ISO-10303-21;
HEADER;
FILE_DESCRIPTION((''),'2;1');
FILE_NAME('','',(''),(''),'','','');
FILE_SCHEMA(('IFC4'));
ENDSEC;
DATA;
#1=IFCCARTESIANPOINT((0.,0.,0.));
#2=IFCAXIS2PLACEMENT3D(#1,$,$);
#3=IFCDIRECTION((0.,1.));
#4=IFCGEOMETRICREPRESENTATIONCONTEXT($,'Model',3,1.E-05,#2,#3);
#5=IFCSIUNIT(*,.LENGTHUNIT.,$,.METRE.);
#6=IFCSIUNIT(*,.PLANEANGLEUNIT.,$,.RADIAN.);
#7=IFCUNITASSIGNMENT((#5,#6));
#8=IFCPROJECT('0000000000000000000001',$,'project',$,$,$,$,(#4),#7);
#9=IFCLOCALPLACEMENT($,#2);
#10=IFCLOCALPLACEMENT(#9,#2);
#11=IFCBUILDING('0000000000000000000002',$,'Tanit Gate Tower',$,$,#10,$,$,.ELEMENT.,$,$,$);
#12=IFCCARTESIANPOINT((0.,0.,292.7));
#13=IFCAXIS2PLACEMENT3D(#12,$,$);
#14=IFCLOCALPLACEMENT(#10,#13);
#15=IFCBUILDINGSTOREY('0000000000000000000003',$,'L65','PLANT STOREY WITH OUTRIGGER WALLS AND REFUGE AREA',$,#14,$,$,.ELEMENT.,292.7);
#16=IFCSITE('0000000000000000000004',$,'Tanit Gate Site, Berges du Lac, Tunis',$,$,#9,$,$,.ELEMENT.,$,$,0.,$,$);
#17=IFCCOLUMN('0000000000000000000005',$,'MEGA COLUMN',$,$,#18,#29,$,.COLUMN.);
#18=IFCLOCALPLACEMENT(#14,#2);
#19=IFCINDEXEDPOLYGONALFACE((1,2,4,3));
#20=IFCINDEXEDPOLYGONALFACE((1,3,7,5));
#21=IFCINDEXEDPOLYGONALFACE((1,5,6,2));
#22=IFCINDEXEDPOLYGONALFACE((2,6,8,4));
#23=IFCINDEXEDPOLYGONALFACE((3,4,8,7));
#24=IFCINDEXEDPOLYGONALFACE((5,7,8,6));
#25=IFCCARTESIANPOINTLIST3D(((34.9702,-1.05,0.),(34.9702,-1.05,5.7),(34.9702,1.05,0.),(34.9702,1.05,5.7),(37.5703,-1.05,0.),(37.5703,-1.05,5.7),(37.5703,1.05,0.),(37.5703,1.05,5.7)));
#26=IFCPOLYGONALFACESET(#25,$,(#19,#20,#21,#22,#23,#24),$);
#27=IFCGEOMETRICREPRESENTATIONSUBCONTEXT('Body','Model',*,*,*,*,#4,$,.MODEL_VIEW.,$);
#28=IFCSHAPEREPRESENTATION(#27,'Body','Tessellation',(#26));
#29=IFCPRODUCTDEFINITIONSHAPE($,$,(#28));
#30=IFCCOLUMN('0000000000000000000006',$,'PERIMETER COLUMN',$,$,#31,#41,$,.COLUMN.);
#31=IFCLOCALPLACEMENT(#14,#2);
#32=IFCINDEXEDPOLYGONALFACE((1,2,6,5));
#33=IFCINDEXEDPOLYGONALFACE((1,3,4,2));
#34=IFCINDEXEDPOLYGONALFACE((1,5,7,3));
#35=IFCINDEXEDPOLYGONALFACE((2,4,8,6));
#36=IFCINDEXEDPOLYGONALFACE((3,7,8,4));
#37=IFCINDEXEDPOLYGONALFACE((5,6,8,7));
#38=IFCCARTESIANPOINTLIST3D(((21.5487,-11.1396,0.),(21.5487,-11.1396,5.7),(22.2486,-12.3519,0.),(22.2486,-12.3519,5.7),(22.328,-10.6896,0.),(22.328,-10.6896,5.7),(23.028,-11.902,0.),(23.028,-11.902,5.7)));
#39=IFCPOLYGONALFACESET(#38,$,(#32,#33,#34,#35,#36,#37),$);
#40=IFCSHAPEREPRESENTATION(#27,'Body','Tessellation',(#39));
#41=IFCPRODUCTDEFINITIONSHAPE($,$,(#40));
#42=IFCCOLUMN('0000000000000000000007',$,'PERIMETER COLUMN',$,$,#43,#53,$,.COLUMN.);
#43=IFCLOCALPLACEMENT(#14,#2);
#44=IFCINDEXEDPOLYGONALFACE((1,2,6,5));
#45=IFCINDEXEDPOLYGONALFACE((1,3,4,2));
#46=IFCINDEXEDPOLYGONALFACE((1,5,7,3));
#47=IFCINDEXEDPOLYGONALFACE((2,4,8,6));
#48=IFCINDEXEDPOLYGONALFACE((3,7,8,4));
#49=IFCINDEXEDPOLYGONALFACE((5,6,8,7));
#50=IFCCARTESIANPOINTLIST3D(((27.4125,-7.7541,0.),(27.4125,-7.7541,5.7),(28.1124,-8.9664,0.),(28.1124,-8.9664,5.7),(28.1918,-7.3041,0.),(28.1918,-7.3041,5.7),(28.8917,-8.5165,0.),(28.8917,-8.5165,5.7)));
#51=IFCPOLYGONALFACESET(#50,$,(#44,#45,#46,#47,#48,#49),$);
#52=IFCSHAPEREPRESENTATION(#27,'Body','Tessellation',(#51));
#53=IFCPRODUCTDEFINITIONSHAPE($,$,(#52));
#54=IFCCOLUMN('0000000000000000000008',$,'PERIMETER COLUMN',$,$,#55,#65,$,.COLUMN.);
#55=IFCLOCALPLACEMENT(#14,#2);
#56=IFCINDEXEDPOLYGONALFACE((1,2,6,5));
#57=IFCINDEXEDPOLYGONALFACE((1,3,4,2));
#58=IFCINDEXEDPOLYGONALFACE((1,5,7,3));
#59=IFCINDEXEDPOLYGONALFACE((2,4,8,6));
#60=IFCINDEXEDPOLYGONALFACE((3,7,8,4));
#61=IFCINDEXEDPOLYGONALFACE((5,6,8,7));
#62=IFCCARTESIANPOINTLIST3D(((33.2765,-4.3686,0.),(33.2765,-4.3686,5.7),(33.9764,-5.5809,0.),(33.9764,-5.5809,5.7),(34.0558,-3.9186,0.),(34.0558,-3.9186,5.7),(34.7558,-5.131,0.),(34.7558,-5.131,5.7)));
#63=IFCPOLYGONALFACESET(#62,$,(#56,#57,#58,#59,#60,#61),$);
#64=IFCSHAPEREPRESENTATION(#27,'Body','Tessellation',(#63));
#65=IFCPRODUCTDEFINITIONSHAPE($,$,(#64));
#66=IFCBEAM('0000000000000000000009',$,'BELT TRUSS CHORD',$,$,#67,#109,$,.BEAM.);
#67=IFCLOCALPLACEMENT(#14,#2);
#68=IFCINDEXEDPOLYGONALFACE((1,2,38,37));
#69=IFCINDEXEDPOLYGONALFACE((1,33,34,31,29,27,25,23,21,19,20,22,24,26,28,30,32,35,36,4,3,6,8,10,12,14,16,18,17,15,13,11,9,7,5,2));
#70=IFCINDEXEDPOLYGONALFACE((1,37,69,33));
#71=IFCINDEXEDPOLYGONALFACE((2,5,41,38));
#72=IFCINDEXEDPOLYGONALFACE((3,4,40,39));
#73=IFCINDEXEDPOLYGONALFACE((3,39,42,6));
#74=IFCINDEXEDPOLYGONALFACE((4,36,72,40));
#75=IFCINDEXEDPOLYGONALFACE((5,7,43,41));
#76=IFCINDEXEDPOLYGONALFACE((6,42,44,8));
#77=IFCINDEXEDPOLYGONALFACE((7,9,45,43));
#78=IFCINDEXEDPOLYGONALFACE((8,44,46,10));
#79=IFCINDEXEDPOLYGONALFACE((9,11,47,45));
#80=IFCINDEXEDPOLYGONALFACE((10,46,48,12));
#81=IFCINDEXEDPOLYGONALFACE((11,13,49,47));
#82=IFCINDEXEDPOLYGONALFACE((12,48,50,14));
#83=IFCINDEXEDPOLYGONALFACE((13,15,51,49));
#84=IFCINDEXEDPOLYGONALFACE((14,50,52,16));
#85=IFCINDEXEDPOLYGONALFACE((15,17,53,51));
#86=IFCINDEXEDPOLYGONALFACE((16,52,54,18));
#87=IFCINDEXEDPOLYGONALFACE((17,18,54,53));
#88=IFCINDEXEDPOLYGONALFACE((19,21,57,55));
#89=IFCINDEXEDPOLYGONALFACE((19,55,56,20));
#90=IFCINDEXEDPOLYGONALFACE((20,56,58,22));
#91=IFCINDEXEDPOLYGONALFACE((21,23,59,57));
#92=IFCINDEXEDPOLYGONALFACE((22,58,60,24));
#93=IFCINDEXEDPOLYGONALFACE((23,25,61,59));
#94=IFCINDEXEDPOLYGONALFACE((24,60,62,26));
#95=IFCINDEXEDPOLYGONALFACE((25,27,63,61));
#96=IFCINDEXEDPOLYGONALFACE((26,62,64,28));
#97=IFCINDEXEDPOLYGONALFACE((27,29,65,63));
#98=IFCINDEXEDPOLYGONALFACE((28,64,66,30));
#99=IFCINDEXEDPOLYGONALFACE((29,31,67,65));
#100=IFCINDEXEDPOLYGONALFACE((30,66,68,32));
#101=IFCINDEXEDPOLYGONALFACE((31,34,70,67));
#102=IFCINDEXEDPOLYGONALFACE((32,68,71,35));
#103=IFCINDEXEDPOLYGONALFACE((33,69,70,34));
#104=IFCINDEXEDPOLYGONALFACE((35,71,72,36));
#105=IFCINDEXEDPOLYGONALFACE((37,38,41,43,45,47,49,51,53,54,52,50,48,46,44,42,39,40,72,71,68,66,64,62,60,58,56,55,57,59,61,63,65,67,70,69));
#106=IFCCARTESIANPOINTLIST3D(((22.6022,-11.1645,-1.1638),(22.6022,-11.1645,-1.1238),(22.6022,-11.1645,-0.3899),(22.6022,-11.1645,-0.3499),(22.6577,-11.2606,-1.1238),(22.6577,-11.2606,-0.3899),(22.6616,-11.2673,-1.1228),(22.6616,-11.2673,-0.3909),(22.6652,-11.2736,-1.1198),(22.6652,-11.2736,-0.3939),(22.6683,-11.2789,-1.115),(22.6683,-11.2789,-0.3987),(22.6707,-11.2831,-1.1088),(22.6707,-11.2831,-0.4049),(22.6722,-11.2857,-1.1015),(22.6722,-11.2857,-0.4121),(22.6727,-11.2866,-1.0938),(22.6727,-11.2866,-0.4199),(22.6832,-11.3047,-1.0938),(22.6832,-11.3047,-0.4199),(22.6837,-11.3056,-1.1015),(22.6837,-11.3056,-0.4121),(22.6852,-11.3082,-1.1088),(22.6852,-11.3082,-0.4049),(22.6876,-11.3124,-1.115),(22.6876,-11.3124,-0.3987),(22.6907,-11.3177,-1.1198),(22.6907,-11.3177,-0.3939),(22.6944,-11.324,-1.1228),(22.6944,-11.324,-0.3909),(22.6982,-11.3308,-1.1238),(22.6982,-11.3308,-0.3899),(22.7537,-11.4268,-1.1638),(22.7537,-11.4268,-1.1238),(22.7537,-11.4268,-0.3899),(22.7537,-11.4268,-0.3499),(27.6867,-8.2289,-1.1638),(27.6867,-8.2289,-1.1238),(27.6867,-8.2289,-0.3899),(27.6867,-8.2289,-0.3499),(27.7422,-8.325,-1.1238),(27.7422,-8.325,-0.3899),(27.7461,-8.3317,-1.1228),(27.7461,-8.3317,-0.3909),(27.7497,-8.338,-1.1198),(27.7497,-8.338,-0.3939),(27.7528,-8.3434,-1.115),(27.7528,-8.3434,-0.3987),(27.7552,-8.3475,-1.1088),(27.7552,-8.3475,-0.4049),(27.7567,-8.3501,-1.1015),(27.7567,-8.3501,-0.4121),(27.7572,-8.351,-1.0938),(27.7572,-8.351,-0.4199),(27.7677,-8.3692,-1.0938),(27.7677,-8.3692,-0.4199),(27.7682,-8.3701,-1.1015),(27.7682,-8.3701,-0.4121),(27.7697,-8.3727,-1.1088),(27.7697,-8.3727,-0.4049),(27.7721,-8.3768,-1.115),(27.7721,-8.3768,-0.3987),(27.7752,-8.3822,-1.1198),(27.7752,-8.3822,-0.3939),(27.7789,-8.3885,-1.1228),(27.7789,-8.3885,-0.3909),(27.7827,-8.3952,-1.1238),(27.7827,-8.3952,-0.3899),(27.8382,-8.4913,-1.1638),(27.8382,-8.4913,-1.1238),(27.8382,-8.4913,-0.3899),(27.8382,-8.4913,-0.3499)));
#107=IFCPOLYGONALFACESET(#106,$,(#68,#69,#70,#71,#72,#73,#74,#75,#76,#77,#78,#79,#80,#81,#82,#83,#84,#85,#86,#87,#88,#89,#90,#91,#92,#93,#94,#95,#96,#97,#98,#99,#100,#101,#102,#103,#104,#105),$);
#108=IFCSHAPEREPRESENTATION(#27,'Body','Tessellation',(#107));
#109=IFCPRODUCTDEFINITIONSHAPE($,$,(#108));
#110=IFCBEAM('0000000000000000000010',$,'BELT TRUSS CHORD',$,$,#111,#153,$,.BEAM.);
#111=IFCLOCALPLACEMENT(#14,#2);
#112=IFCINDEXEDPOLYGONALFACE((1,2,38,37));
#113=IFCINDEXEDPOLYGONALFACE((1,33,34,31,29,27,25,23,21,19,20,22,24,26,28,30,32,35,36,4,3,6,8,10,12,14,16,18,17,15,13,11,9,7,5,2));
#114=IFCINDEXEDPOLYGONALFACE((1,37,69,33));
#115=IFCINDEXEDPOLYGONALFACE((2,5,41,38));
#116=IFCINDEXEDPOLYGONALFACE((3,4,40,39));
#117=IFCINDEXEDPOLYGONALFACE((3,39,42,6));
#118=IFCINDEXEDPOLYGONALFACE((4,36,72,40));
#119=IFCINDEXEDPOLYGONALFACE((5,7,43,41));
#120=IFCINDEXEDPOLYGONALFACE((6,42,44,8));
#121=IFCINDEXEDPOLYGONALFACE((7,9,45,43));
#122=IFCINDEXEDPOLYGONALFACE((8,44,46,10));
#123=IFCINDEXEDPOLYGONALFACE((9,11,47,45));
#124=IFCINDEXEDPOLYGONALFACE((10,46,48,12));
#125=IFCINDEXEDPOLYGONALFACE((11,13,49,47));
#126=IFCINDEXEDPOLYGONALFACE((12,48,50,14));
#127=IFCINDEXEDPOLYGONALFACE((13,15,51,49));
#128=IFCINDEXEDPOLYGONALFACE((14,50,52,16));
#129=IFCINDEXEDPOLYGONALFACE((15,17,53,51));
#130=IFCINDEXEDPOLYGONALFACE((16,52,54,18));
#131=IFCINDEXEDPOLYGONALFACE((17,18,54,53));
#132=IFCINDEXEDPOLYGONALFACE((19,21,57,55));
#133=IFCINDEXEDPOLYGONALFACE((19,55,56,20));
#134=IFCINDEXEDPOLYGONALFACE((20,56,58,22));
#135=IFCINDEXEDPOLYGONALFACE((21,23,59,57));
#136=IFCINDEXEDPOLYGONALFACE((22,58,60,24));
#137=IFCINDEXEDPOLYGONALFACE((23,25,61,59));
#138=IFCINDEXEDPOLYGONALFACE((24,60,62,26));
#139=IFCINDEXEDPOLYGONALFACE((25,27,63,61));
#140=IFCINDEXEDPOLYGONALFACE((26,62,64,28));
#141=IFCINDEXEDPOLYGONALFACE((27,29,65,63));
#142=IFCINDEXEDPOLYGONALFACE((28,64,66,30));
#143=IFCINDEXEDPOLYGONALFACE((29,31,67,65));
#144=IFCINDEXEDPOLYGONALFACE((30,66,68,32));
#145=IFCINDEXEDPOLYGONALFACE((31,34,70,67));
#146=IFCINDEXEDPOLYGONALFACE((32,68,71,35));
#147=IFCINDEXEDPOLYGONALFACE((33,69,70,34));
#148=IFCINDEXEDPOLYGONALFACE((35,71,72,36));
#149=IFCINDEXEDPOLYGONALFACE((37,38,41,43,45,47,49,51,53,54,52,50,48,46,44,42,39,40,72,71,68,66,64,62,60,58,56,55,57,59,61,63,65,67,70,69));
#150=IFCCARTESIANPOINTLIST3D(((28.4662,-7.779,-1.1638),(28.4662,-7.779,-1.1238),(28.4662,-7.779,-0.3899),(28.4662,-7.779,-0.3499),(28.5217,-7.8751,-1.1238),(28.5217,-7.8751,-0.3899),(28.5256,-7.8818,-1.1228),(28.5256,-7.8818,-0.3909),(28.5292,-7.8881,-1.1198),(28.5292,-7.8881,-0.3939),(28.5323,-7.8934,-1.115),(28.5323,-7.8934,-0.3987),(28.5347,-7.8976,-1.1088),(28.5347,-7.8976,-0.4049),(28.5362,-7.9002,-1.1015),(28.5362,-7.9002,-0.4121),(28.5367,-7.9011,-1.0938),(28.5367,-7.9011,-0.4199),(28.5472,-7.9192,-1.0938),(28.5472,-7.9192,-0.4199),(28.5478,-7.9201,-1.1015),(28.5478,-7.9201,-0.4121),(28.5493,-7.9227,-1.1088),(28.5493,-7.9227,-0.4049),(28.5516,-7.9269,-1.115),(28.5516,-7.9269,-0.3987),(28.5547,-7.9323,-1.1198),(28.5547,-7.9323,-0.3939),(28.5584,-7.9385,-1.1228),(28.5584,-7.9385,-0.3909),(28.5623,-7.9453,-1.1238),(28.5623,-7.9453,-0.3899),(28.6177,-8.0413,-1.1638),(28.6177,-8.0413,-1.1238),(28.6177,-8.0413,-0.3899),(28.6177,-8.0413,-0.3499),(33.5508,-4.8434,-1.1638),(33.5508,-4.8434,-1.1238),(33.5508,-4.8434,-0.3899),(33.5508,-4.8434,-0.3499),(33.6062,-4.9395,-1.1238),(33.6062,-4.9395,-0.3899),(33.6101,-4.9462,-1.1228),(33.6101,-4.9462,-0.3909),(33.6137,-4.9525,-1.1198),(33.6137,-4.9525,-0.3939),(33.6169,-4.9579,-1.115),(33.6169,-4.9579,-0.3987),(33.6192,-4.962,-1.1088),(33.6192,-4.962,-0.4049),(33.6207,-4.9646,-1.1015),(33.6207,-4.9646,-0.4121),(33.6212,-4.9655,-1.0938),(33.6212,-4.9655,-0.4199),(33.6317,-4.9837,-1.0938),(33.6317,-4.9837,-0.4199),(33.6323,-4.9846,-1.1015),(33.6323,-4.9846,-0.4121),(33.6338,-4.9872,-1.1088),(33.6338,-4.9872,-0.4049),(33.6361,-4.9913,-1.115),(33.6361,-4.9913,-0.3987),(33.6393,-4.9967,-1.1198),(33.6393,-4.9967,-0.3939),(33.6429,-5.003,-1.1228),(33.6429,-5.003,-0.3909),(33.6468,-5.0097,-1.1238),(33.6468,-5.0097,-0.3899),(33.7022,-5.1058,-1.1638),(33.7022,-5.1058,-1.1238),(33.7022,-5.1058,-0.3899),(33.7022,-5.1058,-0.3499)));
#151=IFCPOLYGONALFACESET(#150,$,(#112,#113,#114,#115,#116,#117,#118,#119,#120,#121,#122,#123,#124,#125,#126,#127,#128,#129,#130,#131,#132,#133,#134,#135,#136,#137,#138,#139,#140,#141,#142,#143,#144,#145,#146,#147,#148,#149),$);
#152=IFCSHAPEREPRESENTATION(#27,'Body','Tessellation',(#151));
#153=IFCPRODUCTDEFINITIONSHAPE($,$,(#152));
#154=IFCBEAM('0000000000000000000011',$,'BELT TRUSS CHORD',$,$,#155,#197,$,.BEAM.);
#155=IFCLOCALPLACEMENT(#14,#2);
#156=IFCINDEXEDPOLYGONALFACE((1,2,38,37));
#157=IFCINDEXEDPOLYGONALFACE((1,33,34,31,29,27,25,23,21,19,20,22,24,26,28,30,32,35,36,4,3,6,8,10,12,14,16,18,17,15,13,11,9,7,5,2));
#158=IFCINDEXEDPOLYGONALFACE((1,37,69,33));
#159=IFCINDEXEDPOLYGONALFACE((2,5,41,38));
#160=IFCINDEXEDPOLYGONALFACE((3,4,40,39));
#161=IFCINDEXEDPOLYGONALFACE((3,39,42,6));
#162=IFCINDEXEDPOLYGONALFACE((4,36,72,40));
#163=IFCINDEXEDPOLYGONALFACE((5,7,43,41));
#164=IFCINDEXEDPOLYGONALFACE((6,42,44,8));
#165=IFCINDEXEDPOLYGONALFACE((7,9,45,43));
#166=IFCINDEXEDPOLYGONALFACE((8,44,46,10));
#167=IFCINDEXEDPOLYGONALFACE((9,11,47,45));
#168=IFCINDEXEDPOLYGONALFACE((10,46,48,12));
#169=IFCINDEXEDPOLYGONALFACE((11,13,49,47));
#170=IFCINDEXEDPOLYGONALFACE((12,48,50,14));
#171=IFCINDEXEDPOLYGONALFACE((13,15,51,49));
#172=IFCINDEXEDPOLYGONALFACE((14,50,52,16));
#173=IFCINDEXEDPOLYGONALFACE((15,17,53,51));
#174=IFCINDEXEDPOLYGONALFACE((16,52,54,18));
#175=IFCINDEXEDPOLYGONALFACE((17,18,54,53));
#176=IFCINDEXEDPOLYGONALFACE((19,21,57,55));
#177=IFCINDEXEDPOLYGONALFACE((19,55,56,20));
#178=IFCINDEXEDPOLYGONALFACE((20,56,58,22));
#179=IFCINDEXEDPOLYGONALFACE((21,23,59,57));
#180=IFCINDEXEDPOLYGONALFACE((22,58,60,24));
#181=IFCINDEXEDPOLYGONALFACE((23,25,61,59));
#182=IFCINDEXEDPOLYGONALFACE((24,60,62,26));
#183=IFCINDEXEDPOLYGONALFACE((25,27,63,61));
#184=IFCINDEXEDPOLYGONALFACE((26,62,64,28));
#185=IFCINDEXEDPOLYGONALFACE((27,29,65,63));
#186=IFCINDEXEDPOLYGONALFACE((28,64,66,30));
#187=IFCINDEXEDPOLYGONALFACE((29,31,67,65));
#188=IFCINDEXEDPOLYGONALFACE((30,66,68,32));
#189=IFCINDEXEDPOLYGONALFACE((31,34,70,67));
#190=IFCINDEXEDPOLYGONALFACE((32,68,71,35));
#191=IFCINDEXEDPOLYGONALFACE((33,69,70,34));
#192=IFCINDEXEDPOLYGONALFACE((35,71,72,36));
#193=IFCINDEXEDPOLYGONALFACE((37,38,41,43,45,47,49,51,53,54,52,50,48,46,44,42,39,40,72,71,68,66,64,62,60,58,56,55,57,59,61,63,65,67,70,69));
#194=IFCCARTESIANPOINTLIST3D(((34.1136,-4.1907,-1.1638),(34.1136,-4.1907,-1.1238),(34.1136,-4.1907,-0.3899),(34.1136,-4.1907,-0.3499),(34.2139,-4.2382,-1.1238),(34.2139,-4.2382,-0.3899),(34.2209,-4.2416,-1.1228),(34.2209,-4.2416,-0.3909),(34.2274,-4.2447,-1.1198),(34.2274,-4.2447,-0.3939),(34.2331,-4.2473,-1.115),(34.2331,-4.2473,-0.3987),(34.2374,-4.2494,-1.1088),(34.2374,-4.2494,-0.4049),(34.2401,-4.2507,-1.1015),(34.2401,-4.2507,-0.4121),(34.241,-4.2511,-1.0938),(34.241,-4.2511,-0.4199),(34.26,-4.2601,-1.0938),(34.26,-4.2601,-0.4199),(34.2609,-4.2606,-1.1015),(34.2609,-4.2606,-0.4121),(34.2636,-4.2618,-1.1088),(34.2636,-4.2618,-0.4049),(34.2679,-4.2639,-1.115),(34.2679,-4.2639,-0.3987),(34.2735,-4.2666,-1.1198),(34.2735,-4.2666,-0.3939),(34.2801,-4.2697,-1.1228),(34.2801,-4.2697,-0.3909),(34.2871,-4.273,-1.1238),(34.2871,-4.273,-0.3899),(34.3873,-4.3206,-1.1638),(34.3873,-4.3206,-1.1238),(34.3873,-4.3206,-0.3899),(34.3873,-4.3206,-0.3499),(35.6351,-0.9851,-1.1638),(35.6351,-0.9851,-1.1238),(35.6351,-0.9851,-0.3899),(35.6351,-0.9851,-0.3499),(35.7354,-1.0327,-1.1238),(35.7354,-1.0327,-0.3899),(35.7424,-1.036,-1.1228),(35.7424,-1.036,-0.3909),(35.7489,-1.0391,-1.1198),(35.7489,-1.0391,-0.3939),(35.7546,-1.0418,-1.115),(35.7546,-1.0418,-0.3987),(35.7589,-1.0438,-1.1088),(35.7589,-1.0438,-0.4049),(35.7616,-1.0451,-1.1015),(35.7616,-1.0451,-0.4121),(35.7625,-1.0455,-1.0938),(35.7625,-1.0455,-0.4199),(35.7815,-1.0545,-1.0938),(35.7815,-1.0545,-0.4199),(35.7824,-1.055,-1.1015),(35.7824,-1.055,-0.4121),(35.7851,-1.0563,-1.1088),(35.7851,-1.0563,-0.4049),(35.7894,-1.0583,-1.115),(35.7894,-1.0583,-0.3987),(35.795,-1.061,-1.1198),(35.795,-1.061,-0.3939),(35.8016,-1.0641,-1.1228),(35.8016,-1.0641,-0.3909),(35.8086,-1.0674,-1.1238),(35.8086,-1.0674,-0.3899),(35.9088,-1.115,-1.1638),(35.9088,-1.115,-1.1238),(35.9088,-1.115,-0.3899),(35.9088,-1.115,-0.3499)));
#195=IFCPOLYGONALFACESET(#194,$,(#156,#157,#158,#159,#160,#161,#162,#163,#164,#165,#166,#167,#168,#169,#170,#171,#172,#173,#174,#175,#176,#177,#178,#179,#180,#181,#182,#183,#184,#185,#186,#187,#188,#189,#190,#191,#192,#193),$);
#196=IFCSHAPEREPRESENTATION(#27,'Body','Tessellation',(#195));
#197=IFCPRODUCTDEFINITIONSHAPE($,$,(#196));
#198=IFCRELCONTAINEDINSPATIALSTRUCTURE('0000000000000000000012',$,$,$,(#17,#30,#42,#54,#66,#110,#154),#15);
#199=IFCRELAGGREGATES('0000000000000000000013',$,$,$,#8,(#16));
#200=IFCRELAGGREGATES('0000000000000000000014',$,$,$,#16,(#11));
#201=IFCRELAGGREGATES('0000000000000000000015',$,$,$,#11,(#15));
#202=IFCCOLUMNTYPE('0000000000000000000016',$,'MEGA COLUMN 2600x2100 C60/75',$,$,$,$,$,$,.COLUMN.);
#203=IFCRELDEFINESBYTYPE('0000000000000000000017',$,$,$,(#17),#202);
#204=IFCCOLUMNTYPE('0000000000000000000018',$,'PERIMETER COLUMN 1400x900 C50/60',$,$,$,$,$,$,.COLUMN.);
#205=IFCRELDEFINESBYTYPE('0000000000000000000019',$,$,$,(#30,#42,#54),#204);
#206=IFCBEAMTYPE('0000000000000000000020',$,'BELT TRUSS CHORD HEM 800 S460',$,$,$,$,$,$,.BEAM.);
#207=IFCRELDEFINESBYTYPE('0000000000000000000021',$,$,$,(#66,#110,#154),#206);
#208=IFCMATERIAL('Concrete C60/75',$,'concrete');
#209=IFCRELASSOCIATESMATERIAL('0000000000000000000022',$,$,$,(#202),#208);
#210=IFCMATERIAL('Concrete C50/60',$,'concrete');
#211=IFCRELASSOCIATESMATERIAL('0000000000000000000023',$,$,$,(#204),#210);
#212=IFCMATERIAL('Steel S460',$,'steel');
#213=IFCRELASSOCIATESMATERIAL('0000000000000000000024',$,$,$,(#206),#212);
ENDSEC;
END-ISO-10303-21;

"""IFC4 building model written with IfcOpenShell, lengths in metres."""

from ifc_helpers import new_model, si_unit, direction, frame, origin, origin_2d, place, context, subcontext, project, spatial, rectangle, i_section, extrude, material, material_profile, profile_set, type_object, element, save


model = new_model("IFC4")

# Units and contexts
model_context = context("Model", 3, precision=1e-05, world=origin(), true_north=direction((0.0, 1.0)))
body_context = subcontext(model_context, "Body", "Model", "MODEL_VIEW")
ifc_project = project(units=[si_unit("LENGTHUNIT", "METRE"), si_unit("PLANEANGLEUNIT", "RADIAN")], contexts=[model_context])

# Site, building, storey
site_placement = place(None, origin())
site = spatial("IfcSite", under=ifc_project, at=site_placement, Name="Tanit Gate Site, Berges du Lac, Tunis", CompositionType="ELEMENT", RefElevation=0.0)
building_placement = place(site_placement, origin())
building = spatial("IfcBuilding", under=site, at=building_placement, Name="Tanit Gate Tower", CompositionType="ELEMENT")
storey_placement = place(building_placement, frame((0.0, 0.0, 292.7)))
storey = spatial("IfcBuildingStorey", under=building, at=storey_placement, Name="L65", Description="PLANT STOREY WITH OUTRIGGER WALLS AND REFUGE AREA", CompositionType="ELEMENT", Elevation=292.7)

# Columns
ifc_material_1 = material(Name="Concrete C60/75", Category="concrete")
ifc_material_profile_1 = material_profile(ifc_material_1, rectangle(XDim=2.6001, YDim=2.1001, at=origin_2d()), Name="RC 2600x2100")
ifc_profile_set_1 = profile_set([ifc_material_profile_1], Name="Concrete C60/75")
column_type_1 = type_object("IfcColumnType", Name="MEGA COLUMN 2600x2100 C60/75", PredefinedType="COLUMN", material=ifc_profile_set_1)
column_placement = place(storey_placement, frame((36.2703, 0.0, 0.0), z_axis=(0.0, 0.0, 1.0), x_axis=(1.0, 0.0, 0.0)))
element("IfcColumn", 1, at=column_placement, inside=storey, type_object=column_type_1, Name="MEGA COLUMN", PredefinedType="COLUMN", context=body_context, shape_type="SweptSolid", body=[
    extrude(rectangle(XDim=2.6001, YDim=2.1001, at=origin_2d()), origin(), (0.0, 0.0, 1.0), 5.7),
])
ifc_material_2 = material(Name="Concrete C50/60", Category="concrete")
ifc_material_profile_2 = material_profile(ifc_material_2, rectangle(XDim=1.3999, YDim=0.8999, at=origin_2d()), Name="RC 1400x900")
ifc_profile_set_2 = profile_set([ifc_material_profile_2], Name="Concrete C50/60")
column_type_2 = type_object("IfcColumnType", Name="PERIMETER COLUMN 1400x900 C50/60", PredefinedType="COLUMN", material=ifc_profile_set_2)
for number, where, z_axis, x_axis, name in (
    (2, (22.2883, -11.5208, 0.0), (0.0, 0.0, 1.0), (0.5, -0.866025, 0.0), "PERIMETER COLUMN"),
    (3, (28.1521, -8.1353, 0.0), (0.0, 0.0, 1.0), (0.5, -0.866025, 0.0), "PERIMETER COLUMN"),
    (4, (34.0161, -4.7498, 0.0), (0.0, 0.0, 1.0), (0.5, -0.866025, 0.0), "PERIMETER COLUMN"),
):
    element("IfcColumn", number, at=place(storey_placement, frame(where, z_axis=z_axis, x_axis=x_axis)), inside=storey, type_object=column_type_2, Name=name, PredefinedType="COLUMN", context=body_context, shape_type="SweptSolid", body=[
        extrude(rectangle(XDim=1.3999, YDim=0.8999, at=origin_2d()), origin(), (0.0, 0.0, 1.0), 5.7),
    ])

# Beams
ifc_material_3 = material(Name="Steel S460", Category="steel")
ifc_material_profile_3 = material_profile(ifc_material_3, i_section(OverallWidth=0.303, OverallDepth=0.814, WebThickness=0.021, FlangeThickness=0.04, FilletRadius=0.03, at=origin_2d()), Name="HEM 800")
ifc_profile_set_3 = profile_set([ifc_material_profile_3], Name="Steel S460")
beam_type_1 = type_object("IfcBeamType", Name="BELT TRUSS CHORD HEM 800 S460", PredefinedType="BEAM", material=ifc_profile_set_3)
for number, where, z_axis, x_axis, name in (
    (5, (22.678, -11.2957, -0.7568), (0.866024, 0.500003, 0.0), (-0.500003, 0.866024, 0.0), "BELT TRUSS CHORD"),
    (6, (28.542, -7.9102, -0.7568), (0.866024, 0.500003, 0.0), (-0.500003, 0.866024, 0.0), "BELT TRUSS CHORD"),
):
    element("IfcBeam", number, at=place(storey_placement, frame(where, z_axis=z_axis, x_axis=x_axis)), inside=storey, type_object=beam_type_1, Name=name, PredefinedType="BEAM", context=body_context, shape_type="SweptSolid", body=[
        extrude(i_section(OverallWidth=0.303, OverallDepth=0.814, WebThickness=0.021, FlangeThickness=0.04, FilletRadius=0.03, at=origin_2d()), origin(), (0.0, 0.0, 1.0), 5.8711),
    ])
beam_1_placement = place(storey_placement, frame((34.2505, -4.2556, -0.7568), z_axis=(0.42879, 0.903404, 0.0), x_axis=(-0.903404, 0.42879, 0.0)))
element("IfcBeam", 7, at=beam_1_placement, inside=storey, type_object=beam_type_1, Name="BELT TRUSS CHORD", PredefinedType="BEAM", context=body_context, shape_type="SweptSolid", body=[
    extrude(i_section(OverallWidth=0.303, OverallDepth=0.814, WebThickness=0.021, FlangeThickness=0.04, FilletRadius=0.03, at=origin_2d()), origin(), (0.0, 0.0, 1.0), 3.5483),
])

save(model, "model.ifc")
